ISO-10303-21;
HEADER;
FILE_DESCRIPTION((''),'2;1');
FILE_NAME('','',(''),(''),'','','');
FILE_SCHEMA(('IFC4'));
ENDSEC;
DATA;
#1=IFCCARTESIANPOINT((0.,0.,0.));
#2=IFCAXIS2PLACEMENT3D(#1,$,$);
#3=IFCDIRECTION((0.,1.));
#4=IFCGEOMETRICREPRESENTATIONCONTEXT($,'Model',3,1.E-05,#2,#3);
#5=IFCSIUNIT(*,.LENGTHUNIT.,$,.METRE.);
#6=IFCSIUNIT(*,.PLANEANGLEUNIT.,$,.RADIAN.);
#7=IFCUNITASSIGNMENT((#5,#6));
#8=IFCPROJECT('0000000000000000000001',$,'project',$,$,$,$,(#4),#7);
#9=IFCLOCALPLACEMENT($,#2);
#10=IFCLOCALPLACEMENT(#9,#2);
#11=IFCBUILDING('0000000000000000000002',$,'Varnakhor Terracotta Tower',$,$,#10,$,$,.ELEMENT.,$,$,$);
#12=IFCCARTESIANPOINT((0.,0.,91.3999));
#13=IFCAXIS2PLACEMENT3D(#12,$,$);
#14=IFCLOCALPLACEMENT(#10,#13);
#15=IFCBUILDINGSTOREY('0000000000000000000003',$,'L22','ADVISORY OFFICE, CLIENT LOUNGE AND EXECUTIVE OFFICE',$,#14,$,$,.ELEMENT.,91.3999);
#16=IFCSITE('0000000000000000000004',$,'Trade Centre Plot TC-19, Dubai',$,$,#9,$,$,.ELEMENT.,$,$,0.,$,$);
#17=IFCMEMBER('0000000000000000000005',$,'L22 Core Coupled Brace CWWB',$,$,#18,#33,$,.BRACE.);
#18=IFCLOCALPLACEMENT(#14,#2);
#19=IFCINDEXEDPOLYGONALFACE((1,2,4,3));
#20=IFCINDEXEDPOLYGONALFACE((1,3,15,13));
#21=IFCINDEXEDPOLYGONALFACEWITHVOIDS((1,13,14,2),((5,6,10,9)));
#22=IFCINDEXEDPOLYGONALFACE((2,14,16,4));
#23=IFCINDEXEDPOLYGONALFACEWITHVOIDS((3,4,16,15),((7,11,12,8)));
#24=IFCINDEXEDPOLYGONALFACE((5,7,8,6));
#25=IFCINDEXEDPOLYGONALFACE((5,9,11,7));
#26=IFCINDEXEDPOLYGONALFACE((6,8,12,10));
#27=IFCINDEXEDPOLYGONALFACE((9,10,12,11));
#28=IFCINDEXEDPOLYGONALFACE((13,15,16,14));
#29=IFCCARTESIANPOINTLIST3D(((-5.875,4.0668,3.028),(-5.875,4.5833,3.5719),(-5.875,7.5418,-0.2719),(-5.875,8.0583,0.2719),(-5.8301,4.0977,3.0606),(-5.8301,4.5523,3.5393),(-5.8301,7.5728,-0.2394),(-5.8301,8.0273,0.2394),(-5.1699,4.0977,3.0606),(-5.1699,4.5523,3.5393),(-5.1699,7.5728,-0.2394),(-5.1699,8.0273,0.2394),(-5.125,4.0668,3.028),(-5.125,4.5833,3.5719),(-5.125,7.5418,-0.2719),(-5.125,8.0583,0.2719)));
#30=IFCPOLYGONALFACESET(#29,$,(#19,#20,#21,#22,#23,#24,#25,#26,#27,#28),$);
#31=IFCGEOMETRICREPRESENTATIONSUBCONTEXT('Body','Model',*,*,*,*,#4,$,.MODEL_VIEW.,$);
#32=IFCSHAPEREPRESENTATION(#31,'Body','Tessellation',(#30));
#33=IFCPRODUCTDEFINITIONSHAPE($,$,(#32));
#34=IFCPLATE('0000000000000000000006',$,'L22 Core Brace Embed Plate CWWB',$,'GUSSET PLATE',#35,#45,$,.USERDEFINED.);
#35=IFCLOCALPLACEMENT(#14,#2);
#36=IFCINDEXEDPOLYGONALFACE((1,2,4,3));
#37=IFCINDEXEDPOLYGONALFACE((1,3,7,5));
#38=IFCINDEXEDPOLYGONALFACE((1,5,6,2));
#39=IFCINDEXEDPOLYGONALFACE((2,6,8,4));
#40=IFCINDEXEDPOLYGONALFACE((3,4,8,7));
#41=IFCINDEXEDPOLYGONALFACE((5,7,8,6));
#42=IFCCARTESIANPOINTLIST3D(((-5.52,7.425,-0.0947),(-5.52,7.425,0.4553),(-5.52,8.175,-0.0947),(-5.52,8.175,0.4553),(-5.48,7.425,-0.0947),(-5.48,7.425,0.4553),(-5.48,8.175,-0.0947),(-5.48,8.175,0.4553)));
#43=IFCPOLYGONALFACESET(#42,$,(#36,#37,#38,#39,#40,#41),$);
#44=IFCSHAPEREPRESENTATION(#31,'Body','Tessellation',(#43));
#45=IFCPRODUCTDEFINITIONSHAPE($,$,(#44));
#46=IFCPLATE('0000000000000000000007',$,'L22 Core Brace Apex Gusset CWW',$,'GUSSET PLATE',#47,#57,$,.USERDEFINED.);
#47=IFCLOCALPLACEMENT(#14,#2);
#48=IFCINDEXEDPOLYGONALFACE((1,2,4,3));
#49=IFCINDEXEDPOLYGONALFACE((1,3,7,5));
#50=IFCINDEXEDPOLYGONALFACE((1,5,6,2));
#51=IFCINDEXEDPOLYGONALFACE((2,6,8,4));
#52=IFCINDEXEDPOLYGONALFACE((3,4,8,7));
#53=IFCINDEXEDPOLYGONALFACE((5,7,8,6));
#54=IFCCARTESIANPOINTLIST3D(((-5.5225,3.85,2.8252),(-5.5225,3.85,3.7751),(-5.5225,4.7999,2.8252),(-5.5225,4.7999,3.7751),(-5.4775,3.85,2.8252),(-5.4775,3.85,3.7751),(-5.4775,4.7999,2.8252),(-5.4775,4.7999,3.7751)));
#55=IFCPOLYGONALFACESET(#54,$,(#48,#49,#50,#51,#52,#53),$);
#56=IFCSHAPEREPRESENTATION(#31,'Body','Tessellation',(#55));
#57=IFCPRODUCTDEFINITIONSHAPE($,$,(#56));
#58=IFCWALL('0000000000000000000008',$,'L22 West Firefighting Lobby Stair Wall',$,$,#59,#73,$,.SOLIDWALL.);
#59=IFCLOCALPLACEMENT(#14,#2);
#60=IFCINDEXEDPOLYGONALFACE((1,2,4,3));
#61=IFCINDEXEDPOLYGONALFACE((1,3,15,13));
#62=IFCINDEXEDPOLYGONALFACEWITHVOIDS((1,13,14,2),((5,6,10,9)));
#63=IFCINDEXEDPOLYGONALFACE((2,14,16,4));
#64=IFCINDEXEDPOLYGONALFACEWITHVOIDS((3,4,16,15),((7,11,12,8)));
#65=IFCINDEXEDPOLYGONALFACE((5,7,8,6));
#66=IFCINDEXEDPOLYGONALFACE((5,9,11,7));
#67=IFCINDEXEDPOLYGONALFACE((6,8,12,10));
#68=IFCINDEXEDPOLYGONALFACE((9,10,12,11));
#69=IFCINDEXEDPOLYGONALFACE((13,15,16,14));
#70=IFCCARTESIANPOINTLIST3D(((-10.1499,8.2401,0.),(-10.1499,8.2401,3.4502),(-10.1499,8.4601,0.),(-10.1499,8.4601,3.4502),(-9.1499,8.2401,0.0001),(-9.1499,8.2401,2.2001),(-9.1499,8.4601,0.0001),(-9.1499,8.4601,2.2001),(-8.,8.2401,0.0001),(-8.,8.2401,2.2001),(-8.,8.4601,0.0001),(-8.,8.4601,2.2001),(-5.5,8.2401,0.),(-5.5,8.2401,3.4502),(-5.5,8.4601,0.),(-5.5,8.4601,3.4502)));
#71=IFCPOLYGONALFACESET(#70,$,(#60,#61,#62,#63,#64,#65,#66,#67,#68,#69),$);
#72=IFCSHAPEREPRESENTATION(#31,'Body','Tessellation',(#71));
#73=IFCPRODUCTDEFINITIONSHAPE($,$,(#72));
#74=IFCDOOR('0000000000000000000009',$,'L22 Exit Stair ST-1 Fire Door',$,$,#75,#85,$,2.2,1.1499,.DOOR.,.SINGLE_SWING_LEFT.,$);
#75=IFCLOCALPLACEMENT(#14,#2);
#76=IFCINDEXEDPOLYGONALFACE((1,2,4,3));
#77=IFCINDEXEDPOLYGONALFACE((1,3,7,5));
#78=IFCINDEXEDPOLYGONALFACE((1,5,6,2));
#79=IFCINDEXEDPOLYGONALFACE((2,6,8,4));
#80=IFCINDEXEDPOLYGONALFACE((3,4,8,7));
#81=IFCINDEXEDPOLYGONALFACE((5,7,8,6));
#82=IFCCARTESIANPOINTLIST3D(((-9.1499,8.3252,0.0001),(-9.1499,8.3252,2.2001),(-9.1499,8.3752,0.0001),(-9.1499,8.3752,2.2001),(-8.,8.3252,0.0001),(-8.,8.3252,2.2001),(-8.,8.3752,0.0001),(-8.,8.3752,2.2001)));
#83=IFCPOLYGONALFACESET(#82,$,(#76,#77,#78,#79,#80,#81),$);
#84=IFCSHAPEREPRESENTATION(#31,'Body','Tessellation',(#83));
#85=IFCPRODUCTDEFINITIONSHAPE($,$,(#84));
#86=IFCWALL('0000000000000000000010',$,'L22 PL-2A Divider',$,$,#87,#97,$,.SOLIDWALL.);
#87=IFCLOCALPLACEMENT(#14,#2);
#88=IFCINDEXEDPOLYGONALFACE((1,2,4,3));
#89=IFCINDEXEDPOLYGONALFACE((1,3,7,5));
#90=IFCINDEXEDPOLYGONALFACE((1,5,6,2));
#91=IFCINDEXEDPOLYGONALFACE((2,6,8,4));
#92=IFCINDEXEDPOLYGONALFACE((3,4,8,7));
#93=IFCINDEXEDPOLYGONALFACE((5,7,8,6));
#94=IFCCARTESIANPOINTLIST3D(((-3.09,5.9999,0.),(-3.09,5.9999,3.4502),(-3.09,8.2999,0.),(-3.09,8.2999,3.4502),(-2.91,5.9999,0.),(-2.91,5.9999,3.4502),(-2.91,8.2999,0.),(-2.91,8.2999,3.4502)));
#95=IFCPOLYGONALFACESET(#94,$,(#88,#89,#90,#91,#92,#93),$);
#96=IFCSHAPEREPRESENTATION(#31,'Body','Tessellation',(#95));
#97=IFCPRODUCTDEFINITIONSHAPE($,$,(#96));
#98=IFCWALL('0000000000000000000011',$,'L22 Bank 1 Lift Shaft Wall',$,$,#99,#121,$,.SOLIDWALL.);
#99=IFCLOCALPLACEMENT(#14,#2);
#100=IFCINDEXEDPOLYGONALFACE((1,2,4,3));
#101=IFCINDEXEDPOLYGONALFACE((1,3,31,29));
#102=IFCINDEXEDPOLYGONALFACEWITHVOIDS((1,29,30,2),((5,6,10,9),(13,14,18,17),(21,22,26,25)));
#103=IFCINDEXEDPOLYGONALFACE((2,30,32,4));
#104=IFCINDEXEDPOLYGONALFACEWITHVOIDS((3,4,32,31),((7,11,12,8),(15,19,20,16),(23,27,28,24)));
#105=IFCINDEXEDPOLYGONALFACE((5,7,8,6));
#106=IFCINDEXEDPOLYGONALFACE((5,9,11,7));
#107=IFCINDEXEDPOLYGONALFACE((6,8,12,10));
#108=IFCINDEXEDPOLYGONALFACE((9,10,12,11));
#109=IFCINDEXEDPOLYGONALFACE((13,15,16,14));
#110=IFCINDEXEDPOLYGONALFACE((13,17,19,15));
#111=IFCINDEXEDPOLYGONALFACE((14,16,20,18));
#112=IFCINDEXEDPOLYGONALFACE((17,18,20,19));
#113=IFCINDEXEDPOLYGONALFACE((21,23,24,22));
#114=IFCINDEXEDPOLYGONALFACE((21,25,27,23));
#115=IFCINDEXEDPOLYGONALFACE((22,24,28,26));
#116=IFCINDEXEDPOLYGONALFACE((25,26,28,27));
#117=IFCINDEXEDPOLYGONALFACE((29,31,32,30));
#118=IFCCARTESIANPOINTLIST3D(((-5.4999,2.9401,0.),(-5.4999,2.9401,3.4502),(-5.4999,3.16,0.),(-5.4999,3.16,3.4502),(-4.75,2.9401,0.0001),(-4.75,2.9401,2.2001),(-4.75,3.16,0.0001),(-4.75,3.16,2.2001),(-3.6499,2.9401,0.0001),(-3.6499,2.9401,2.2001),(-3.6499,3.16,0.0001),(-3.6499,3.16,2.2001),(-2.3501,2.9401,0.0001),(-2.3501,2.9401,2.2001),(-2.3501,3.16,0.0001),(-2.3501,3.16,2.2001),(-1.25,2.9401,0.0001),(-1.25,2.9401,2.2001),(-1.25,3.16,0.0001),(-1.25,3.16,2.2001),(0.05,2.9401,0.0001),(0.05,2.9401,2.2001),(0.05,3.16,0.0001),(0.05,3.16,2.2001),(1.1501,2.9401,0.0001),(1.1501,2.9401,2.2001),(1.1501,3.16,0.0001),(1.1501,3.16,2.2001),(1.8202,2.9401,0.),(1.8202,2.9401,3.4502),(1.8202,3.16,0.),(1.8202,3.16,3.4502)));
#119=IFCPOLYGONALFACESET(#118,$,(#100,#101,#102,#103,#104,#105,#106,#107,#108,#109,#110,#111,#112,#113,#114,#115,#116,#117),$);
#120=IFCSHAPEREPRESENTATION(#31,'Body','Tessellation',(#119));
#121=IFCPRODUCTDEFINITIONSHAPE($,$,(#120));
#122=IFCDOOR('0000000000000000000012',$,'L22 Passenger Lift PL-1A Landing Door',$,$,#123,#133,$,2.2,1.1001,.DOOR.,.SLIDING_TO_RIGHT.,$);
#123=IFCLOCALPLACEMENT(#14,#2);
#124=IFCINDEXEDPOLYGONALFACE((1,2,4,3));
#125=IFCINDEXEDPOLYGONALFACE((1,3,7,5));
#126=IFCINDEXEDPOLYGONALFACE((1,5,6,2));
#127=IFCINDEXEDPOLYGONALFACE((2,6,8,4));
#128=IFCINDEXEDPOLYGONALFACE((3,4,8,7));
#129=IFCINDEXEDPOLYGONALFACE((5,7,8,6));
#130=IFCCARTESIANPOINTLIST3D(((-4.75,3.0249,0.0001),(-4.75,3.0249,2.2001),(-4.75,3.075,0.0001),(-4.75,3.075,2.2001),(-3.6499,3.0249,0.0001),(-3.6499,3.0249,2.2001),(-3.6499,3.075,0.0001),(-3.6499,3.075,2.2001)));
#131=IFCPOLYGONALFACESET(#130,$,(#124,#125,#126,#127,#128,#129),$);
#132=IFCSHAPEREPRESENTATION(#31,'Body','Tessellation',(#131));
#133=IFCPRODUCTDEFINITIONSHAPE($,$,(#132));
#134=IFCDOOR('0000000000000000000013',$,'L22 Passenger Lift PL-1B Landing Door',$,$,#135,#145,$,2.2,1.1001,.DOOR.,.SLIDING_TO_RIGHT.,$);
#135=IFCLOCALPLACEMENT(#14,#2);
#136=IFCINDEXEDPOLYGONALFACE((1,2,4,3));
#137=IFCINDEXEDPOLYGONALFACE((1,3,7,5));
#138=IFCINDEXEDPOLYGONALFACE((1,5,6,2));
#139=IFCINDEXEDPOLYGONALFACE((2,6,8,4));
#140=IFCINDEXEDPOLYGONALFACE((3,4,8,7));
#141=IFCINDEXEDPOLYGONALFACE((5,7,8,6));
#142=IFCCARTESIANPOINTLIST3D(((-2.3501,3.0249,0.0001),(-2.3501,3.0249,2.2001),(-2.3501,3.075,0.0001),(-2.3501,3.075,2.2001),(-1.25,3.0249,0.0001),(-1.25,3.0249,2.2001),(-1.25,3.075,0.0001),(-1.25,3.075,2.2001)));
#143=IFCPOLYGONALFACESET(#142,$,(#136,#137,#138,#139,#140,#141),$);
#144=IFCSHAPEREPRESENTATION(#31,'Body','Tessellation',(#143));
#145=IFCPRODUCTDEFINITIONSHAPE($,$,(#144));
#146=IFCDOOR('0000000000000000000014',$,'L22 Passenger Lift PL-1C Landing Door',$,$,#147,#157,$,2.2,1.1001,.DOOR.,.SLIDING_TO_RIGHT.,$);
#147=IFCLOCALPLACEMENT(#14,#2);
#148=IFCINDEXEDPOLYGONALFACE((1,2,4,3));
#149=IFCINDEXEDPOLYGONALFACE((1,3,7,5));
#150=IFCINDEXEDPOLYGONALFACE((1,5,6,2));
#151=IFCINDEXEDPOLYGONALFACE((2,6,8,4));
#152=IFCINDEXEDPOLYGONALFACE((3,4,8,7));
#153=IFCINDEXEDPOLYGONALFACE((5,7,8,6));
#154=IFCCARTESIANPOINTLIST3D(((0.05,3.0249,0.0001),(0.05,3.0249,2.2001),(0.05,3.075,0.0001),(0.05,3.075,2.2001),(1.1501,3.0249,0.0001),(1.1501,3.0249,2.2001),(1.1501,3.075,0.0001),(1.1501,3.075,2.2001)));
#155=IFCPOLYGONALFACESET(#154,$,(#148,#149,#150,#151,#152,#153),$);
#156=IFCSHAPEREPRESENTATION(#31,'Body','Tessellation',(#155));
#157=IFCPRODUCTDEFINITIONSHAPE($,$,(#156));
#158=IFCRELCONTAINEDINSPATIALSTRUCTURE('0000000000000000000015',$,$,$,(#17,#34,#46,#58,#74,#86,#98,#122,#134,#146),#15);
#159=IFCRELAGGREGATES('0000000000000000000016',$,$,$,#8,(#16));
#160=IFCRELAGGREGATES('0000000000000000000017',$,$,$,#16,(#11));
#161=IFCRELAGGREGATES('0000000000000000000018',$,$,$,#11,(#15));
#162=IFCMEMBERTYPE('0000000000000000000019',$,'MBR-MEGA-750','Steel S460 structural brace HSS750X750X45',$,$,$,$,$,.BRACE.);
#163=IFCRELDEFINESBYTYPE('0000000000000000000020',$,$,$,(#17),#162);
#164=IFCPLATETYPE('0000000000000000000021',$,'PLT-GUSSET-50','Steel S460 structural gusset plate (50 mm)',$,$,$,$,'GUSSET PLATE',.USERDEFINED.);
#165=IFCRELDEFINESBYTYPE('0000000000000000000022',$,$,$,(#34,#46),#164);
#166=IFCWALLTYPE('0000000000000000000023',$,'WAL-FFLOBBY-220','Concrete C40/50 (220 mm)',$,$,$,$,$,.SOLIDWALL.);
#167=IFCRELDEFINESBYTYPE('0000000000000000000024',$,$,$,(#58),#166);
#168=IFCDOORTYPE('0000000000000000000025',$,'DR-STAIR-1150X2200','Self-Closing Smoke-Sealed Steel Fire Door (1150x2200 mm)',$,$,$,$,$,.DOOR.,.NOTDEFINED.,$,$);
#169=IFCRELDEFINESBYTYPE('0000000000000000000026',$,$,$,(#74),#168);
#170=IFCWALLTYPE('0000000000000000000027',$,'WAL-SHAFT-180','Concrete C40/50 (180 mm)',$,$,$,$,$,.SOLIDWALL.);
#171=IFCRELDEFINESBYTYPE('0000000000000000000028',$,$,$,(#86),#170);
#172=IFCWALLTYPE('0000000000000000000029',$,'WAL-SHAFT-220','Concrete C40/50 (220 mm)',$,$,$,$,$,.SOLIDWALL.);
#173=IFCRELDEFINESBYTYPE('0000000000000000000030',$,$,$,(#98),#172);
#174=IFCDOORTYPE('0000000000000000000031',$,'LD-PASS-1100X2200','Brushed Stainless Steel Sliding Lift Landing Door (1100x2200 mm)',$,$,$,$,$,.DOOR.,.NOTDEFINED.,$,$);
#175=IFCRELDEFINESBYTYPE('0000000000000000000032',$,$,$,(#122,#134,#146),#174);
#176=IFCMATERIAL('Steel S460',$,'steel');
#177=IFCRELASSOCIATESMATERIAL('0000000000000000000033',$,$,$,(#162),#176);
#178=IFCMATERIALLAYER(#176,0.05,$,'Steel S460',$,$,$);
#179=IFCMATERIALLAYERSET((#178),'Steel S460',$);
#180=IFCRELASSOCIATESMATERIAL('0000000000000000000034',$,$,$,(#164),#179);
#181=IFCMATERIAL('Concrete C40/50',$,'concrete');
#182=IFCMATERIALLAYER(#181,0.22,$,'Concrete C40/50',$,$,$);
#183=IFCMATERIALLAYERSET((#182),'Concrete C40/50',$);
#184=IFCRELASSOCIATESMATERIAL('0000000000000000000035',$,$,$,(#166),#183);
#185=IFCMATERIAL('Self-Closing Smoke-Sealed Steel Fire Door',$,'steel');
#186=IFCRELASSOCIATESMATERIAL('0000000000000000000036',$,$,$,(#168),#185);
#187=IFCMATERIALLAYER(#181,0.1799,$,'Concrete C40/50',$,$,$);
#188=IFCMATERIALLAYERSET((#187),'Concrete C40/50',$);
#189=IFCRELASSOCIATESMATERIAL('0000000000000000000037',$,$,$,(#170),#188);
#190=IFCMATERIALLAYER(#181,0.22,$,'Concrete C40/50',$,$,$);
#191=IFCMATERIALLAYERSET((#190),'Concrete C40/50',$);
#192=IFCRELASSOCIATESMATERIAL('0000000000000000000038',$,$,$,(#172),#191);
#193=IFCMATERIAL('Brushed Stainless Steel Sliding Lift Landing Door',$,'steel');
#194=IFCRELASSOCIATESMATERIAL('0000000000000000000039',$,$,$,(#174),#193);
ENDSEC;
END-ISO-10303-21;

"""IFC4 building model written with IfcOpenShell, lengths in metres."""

from ifc_helpers import new_model, si_unit, direction, frame, frame_2d, origin, origin_2d, place, context, subcontext, project, spatial, rectangle, hollow_rectangle, extrude, source, transform, mapped, material, layer, layer_set, material_profile, profile_set, type_object, type_shapes, element, fill, save


model = new_model("IFC4")

# Units and contexts
model_context = context("Model", 3, precision=1e-05, world=origin(), true_north=direction((0.0, 1.0)))
body_context = subcontext(model_context, "Body", "Model", "MODEL_VIEW")
ifc_project = project(units=[si_unit("LENGTHUNIT", "METRE"), si_unit("PLANEANGLEUNIT", "RADIAN")], contexts=[model_context])

# Site, building, storey
site_placement = place(None, origin())
site = spatial("IfcSite", under=ifc_project, at=site_placement, Name="Trade Centre Plot TC-19, Dubai", CompositionType="ELEMENT", RefElevation=0.0)
building_placement = place(site_placement, origin())
building = spatial("IfcBuilding", under=site, at=building_placement, Name="Varnakhor Terracotta Tower", CompositionType="ELEMENT")
storey_placement = place(building_placement, frame((0.0, 0.0, 91.3999)))
storey = spatial("IfcBuildingStorey", under=building, at=storey_placement, Name="L22", Description="ADVISORY OFFICE, CLIENT LOUNGE AND EXECUTIVE OFFICE", CompositionType="ELEMENT", Elevation=91.3999)

# Member
ifc_material_1 = material(Name="Steel S460", Category="steel")
ifc_material_profile = material_profile(ifc_material_1, hollow_rectangle(XDim=0.75, YDim=0.75, WallThickness=0.0449, at=origin_2d()), Name="HSS750X750X45")
ifc_profile_set = profile_set([ifc_material_profile], Name="Steel S460")
member_type = type_object("IfcMemberType", Name="MBR-MEGA-750", Description="Steel S460 structural brace HSS750X750X45", PredefinedType="BRACE", material=ifc_profile_set)
shared_shape_1 = source(origin(), body_context, "Body", "SweptSolid", [
    extrude(hollow_rectangle(XDim=0.75, YDim=0.75, WallThickness=0.0449, at=origin_2d()), origin(), (0.0, 0.0, 1.0), 4.7922),
])
member_placement = place(storey_placement, frame((-5.5, 7.8, 0.0), z_axis=(0.0, -0.725134, 0.688608), x_axis=(1.0, 0.0, 0.0)))
element("IfcMember", 1, at=member_placement, inside=storey, type_object=member_type, Name="L22 Core Coupled Brace CWWB", PredefinedType="BRACE", context=body_context, shape_type="MappedRepresentation", body=[
    mapped(shared_shape_1, transform((0.0, 0.0, 0.0), scale=1.0)),
])

# Plates
ifc_layer_1 = layer(ifc_material_1, 0.05, Name="Steel S460")
ifc_layer_set_1 = layer_set([ifc_layer_1], Name="Steel S460")
plate_type = type_object("IfcPlateType", Name="PLT-GUSSET-50", Description="Steel S460 structural gusset plate (50 mm)", ElementType="GUSSET PLATE", PredefinedType="USERDEFINED", material=ifc_layer_set_1)
shared_shape_2 = source(origin(), body_context, "Body", "SweptSolid", [
    extrude(rectangle(XDim=0.75, YDim=0.04, at=origin_2d()), origin(), (0.0, 0.0, 1.0), 0.55),
])
type_shapes(plate_type, [shared_shape_2])
plate_1_placement = place(storey_placement, frame((-5.5, 7.8, -0.0947), z_axis=(0.0, 0.0, 1.0), x_axis=(0.0, 1.0, 0.0)))
element("IfcPlate", 2, at=plate_1_placement, inside=storey, type_object=plate_type, Name="L22 Core Brace Embed Plate CWWB", ObjectType="GUSSET PLATE", PredefinedType="USERDEFINED", context=body_context, shape_type="MappedRepresentation", body=[
    mapped(shared_shape_2, transform((0.0, 0.0, 0.0), scale=1.0)),
])
shared_shape_3 = source(origin(), body_context, "Body", "SweptSolid", [
    extrude(rectangle(XDim=0.95, YDim=0.0449, at=origin_2d()), origin(), (0.0, 0.0, 1.0), 0.95),
])
plate_2_placement = place(storey_placement, frame((-5.5, 4.325, 2.8252), z_axis=(0.0, 0.0, 1.0), x_axis=(0.0, 1.0, 0.0)))
element("IfcPlate", 3, at=plate_2_placement, inside=storey, type_object=plate_type, Name="L22 Core Brace Apex Gusset CWW", ObjectType="GUSSET PLATE", PredefinedType="USERDEFINED", context=body_context, shape_type="MappedRepresentation", body=[
    mapped(shared_shape_3, transform((0.0, 0.0, 0.0), scale=1.0)),
])

# Wall, opening, door
ifc_material_2 = material(Name="Concrete C40/50", Category="concrete")
ifc_layer_2 = layer(ifc_material_2, 0.22, Name="Concrete C40/50")
ifc_layer_set_2 = layer_set([ifc_layer_2], Name="Concrete C40/50")
wall_type_1 = type_object("IfcWallType", Name="WAL-FFLOBBY-220", Description="Concrete C40/50 (220 mm)", PredefinedType="SOLIDWALL", material=ifc_layer_set_2)
wall_1_placement = place(storey_placement, frame((-5.5, 8.3501, 0.0), z_axis=(0.0, 0.0, 1.0), x_axis=(-1.0, 0.0, 0.0)))
wall_1 = element("IfcWall", 4, at=wall_1_placement, inside=storey, type_object=wall_type_1, Name="L22 West Firefighting Lobby Stair Wall", PredefinedType="SOLIDWALL", context=body_context, shape_type="SweptSolid", body=[
    extrude(rectangle(XDim=4.6499, YDim=0.22, at=frame_2d((2.325, 0.0))), origin(), (0.0, 0.0, 1.0), 3.4502),
])
opening_1_placement = place(wall_1_placement, frame((2.5, 0.0, 0.0)))
opening_1 = element("IfcOpeningElement", 5, at=opening_1_placement, cuts=wall_1, PredefinedType="OPENING", context=body_context, shape_type="SweptSolid", body=[
    extrude(rectangle(XDim=1.1499, YDim=2.2, at=frame_2d((0.575, 1.1001))), frame((0.0, 0.1201, 0.0), z_axis=(0.0, -1.0, 0.0), x_axis=(1.0, 0.0, 0.0)), (0.0, 0.0, 1.0), 0.24),
])
ifc_material_3 = material(Name="Self-Closing Smoke-Sealed Steel Fire Door", Category="steel")
door_type_1 = type_object("IfcDoorType", Name="DR-STAIR-1150X2200", Description="Self-Closing Smoke-Sealed Steel Fire Door (1150x2200 mm)", OperationType="NOTDEFINED", PredefinedType="DOOR", material=ifc_material_3)
shared_shape_4 = source(origin(), body_context, "Body", "SweptSolid", [
    extrude(rectangle(XDim=1.1499, YDim=2.2, at=frame_2d((0.575, 1.1001))), frame((0.0, 0.0249, 0.0), z_axis=(0.0, -1.0, 0.0), x_axis=(1.0, 0.0, 0.0)), (0.0, 0.0, 1.0), 0.05),
])
type_shapes(door_type_1, [shared_shape_4])
door_1_placement = place(opening_1_placement, origin())
door_1 = element("IfcDoor", 6, at=door_1_placement, inside=storey, type_object=door_type_1, Name="L22 Exit Stair ST-1 Fire Door", OperationType="SINGLE_SWING_LEFT", OverallHeight=2.2, OverallWidth=1.1499, PredefinedType="DOOR", context=body_context, shape_type="MappedRepresentation", body=[
    mapped(shared_shape_4, transform((0.0, 0.0, 0.0), scale=1.0)),
])
fill(opening_1, door_1)

# Wall
ifc_layer_3 = layer(ifc_material_2, 0.1799, Name="Concrete C40/50")
ifc_layer_set_3 = layer_set([ifc_layer_3], Name="Concrete C40/50")
wall_type_2 = type_object("IfcWallType", Name="WAL-SHAFT-180", Description="Concrete C40/50 (180 mm)", PredefinedType="SOLIDWALL", material=ifc_layer_set_3)
wall_2_placement = place(storey_placement, frame((-3.0, 6.0, 0.0), z_axis=(0.0, 0.0, 1.0), x_axis=(0.0, 1.0, 0.0)))
element("IfcWall", 7, at=wall_2_placement, inside=storey, type_object=wall_type_2, Name="L22 PL-2A Divider", PredefinedType="SOLIDWALL", context=body_context, shape_type="SweptSolid", body=[
    extrude(rectangle(XDim=2.3, YDim=0.1799, at=frame_2d((1.1499, 0.0))), origin(), (0.0, 0.0, 1.0), 3.4502),
])

# Wall, openings, doors
ifc_layer_4 = layer(ifc_material_2, 0.22, Name="Concrete C40/50")
ifc_layer_set_4 = layer_set([ifc_layer_4], Name="Concrete C40/50")
wall_type_3 = type_object("IfcWallType", Name="WAL-SHAFT-220", Description="Concrete C40/50 (220 mm)", PredefinedType="SOLIDWALL", material=ifc_layer_set_4)
wall_3_placement = place(storey_placement, frame((-5.5, 3.05, 0.0), z_axis=(0.0, 0.0, 1.0), x_axis=(1.0, 0.0, 0.0)))
wall_3 = element("IfcWall", 8, at=wall_3_placement, inside=storey, type_object=wall_type_3, Name="L22 Bank 1 Lift Shaft Wall", PredefinedType="SOLIDWALL", context=body_context, shape_type="SweptSolid", body=[
    extrude(rectangle(XDim=7.3201, YDim=0.22, at=frame_2d((3.6602, 0.0))), origin(), (0.0, 0.0, 1.0), 3.4502),
])
opening_2_placement = place(wall_3_placement, frame((0.75, 0.0, 0.0)))
opening_2 = element("IfcOpeningElement", 9, at=opening_2_placement, cuts=wall_3, PredefinedType="OPENING", context=body_context, shape_type="SweptSolid", body=[
    extrude(rectangle(XDim=1.1001, YDim=2.2, at=frame_2d((0.55, 1.1001))), frame((0.0, 0.1201, 0.0), z_axis=(0.0, -1.0, 0.0), x_axis=(1.0, 0.0, 0.0)), (0.0, 0.0, 1.0), 0.24),
])
opening_3_placement = place(wall_3_placement, frame((3.1499, 0.0, 0.0)))
opening_3 = element("IfcOpeningElement", 10, at=opening_3_placement, cuts=wall_3, PredefinedType="OPENING", context=body_context, shape_type="SweptSolid", body=[
    extrude(rectangle(XDim=1.1001, YDim=2.2, at=frame_2d((0.55, 1.1001))), frame((0.0, 0.1201, 0.0), z_axis=(0.0, -1.0, 0.0), x_axis=(1.0, 0.0, 0.0)), (0.0, 0.0, 1.0), 0.24),
])
opening_4_placement = place(wall_3_placement, frame((5.55, 0.0, 0.0)))
opening_4 = element("IfcOpeningElement", 11, at=opening_4_placement, cuts=wall_3, PredefinedType="OPENING", context=body_context, shape_type="SweptSolid", body=[
    extrude(rectangle(XDim=1.1001, YDim=2.2, at=frame_2d((0.55, 1.1001))), frame((0.0, 0.1201, 0.0), z_axis=(0.0, -1.0, 0.0), x_axis=(1.0, 0.0, 0.0)), (0.0, 0.0, 1.0), 0.24),
])
ifc_material_4 = material(Name="Brushed Stainless Steel Sliding Lift Landing Door", Category="steel")
door_type_2 = type_object("IfcDoorType", Name="LD-PASS-1100X2200", Description="Brushed Stainless Steel Sliding Lift Landing Door (1100x2200 mm)", OperationType="NOTDEFINED", PredefinedType="DOOR", material=ifc_material_4)
shared_shape_5 = source(origin(), body_context, "Body", "SweptSolid", [
    extrude(rectangle(XDim=1.1001, YDim=2.2, at=frame_2d((0.55, 1.1001))), frame((0.0, 0.0249, 0.0), z_axis=(0.0, -1.0, 0.0), x_axis=(1.0, 0.0, 0.0)), (0.0, 0.0, 1.0), 0.05),
])
type_shapes(door_type_2, [shared_shape_5])
door_2_placement = place(opening_2_placement, origin())
door_2 = element("IfcDoor", 12, at=door_2_placement, inside=storey, type_object=door_type_2, Name="L22 Passenger Lift PL-1A Landing Door", OperationType="SLIDING_TO_RIGHT", OverallHeight=2.2, OverallWidth=1.1001, PredefinedType="DOOR", context=body_context, shape_type="MappedRepresentation", body=[
    mapped(shared_shape_5, transform((0.0, 0.0, 0.0), scale=1.0)),
])
fill(opening_2, door_2)
door_3_placement = place(opening_3_placement, origin())
door_3 = element("IfcDoor", 13, at=door_3_placement, inside=storey, type_object=door_type_2, Name="L22 Passenger Lift PL-1B Landing Door", OperationType="SLIDING_TO_RIGHT", OverallHeight=2.2, OverallWidth=1.1001, PredefinedType="DOOR", context=body_context, shape_type="MappedRepresentation", body=[
    mapped(shared_shape_5, transform((0.0, 0.0, 0.0), scale=1.0)),
])
fill(opening_3, door_3)
door_4_placement = place(opening_4_placement, origin())
door_4 = element("IfcDoor", 14, at=door_4_placement, inside=storey, type_object=door_type_2, Name="L22 Passenger Lift PL-1C Landing Door", OperationType="SLIDING_TO_RIGHT", OverallHeight=2.2, OverallWidth=1.1001, PredefinedType="DOOR", context=body_context, shape_type="MappedRepresentation", body=[
    mapped(shared_shape_5, transform((0.0, 0.0, 0.0), scale=1.0)),
])
fill(opening_4, door_4)

save(model, "model.ifc")
